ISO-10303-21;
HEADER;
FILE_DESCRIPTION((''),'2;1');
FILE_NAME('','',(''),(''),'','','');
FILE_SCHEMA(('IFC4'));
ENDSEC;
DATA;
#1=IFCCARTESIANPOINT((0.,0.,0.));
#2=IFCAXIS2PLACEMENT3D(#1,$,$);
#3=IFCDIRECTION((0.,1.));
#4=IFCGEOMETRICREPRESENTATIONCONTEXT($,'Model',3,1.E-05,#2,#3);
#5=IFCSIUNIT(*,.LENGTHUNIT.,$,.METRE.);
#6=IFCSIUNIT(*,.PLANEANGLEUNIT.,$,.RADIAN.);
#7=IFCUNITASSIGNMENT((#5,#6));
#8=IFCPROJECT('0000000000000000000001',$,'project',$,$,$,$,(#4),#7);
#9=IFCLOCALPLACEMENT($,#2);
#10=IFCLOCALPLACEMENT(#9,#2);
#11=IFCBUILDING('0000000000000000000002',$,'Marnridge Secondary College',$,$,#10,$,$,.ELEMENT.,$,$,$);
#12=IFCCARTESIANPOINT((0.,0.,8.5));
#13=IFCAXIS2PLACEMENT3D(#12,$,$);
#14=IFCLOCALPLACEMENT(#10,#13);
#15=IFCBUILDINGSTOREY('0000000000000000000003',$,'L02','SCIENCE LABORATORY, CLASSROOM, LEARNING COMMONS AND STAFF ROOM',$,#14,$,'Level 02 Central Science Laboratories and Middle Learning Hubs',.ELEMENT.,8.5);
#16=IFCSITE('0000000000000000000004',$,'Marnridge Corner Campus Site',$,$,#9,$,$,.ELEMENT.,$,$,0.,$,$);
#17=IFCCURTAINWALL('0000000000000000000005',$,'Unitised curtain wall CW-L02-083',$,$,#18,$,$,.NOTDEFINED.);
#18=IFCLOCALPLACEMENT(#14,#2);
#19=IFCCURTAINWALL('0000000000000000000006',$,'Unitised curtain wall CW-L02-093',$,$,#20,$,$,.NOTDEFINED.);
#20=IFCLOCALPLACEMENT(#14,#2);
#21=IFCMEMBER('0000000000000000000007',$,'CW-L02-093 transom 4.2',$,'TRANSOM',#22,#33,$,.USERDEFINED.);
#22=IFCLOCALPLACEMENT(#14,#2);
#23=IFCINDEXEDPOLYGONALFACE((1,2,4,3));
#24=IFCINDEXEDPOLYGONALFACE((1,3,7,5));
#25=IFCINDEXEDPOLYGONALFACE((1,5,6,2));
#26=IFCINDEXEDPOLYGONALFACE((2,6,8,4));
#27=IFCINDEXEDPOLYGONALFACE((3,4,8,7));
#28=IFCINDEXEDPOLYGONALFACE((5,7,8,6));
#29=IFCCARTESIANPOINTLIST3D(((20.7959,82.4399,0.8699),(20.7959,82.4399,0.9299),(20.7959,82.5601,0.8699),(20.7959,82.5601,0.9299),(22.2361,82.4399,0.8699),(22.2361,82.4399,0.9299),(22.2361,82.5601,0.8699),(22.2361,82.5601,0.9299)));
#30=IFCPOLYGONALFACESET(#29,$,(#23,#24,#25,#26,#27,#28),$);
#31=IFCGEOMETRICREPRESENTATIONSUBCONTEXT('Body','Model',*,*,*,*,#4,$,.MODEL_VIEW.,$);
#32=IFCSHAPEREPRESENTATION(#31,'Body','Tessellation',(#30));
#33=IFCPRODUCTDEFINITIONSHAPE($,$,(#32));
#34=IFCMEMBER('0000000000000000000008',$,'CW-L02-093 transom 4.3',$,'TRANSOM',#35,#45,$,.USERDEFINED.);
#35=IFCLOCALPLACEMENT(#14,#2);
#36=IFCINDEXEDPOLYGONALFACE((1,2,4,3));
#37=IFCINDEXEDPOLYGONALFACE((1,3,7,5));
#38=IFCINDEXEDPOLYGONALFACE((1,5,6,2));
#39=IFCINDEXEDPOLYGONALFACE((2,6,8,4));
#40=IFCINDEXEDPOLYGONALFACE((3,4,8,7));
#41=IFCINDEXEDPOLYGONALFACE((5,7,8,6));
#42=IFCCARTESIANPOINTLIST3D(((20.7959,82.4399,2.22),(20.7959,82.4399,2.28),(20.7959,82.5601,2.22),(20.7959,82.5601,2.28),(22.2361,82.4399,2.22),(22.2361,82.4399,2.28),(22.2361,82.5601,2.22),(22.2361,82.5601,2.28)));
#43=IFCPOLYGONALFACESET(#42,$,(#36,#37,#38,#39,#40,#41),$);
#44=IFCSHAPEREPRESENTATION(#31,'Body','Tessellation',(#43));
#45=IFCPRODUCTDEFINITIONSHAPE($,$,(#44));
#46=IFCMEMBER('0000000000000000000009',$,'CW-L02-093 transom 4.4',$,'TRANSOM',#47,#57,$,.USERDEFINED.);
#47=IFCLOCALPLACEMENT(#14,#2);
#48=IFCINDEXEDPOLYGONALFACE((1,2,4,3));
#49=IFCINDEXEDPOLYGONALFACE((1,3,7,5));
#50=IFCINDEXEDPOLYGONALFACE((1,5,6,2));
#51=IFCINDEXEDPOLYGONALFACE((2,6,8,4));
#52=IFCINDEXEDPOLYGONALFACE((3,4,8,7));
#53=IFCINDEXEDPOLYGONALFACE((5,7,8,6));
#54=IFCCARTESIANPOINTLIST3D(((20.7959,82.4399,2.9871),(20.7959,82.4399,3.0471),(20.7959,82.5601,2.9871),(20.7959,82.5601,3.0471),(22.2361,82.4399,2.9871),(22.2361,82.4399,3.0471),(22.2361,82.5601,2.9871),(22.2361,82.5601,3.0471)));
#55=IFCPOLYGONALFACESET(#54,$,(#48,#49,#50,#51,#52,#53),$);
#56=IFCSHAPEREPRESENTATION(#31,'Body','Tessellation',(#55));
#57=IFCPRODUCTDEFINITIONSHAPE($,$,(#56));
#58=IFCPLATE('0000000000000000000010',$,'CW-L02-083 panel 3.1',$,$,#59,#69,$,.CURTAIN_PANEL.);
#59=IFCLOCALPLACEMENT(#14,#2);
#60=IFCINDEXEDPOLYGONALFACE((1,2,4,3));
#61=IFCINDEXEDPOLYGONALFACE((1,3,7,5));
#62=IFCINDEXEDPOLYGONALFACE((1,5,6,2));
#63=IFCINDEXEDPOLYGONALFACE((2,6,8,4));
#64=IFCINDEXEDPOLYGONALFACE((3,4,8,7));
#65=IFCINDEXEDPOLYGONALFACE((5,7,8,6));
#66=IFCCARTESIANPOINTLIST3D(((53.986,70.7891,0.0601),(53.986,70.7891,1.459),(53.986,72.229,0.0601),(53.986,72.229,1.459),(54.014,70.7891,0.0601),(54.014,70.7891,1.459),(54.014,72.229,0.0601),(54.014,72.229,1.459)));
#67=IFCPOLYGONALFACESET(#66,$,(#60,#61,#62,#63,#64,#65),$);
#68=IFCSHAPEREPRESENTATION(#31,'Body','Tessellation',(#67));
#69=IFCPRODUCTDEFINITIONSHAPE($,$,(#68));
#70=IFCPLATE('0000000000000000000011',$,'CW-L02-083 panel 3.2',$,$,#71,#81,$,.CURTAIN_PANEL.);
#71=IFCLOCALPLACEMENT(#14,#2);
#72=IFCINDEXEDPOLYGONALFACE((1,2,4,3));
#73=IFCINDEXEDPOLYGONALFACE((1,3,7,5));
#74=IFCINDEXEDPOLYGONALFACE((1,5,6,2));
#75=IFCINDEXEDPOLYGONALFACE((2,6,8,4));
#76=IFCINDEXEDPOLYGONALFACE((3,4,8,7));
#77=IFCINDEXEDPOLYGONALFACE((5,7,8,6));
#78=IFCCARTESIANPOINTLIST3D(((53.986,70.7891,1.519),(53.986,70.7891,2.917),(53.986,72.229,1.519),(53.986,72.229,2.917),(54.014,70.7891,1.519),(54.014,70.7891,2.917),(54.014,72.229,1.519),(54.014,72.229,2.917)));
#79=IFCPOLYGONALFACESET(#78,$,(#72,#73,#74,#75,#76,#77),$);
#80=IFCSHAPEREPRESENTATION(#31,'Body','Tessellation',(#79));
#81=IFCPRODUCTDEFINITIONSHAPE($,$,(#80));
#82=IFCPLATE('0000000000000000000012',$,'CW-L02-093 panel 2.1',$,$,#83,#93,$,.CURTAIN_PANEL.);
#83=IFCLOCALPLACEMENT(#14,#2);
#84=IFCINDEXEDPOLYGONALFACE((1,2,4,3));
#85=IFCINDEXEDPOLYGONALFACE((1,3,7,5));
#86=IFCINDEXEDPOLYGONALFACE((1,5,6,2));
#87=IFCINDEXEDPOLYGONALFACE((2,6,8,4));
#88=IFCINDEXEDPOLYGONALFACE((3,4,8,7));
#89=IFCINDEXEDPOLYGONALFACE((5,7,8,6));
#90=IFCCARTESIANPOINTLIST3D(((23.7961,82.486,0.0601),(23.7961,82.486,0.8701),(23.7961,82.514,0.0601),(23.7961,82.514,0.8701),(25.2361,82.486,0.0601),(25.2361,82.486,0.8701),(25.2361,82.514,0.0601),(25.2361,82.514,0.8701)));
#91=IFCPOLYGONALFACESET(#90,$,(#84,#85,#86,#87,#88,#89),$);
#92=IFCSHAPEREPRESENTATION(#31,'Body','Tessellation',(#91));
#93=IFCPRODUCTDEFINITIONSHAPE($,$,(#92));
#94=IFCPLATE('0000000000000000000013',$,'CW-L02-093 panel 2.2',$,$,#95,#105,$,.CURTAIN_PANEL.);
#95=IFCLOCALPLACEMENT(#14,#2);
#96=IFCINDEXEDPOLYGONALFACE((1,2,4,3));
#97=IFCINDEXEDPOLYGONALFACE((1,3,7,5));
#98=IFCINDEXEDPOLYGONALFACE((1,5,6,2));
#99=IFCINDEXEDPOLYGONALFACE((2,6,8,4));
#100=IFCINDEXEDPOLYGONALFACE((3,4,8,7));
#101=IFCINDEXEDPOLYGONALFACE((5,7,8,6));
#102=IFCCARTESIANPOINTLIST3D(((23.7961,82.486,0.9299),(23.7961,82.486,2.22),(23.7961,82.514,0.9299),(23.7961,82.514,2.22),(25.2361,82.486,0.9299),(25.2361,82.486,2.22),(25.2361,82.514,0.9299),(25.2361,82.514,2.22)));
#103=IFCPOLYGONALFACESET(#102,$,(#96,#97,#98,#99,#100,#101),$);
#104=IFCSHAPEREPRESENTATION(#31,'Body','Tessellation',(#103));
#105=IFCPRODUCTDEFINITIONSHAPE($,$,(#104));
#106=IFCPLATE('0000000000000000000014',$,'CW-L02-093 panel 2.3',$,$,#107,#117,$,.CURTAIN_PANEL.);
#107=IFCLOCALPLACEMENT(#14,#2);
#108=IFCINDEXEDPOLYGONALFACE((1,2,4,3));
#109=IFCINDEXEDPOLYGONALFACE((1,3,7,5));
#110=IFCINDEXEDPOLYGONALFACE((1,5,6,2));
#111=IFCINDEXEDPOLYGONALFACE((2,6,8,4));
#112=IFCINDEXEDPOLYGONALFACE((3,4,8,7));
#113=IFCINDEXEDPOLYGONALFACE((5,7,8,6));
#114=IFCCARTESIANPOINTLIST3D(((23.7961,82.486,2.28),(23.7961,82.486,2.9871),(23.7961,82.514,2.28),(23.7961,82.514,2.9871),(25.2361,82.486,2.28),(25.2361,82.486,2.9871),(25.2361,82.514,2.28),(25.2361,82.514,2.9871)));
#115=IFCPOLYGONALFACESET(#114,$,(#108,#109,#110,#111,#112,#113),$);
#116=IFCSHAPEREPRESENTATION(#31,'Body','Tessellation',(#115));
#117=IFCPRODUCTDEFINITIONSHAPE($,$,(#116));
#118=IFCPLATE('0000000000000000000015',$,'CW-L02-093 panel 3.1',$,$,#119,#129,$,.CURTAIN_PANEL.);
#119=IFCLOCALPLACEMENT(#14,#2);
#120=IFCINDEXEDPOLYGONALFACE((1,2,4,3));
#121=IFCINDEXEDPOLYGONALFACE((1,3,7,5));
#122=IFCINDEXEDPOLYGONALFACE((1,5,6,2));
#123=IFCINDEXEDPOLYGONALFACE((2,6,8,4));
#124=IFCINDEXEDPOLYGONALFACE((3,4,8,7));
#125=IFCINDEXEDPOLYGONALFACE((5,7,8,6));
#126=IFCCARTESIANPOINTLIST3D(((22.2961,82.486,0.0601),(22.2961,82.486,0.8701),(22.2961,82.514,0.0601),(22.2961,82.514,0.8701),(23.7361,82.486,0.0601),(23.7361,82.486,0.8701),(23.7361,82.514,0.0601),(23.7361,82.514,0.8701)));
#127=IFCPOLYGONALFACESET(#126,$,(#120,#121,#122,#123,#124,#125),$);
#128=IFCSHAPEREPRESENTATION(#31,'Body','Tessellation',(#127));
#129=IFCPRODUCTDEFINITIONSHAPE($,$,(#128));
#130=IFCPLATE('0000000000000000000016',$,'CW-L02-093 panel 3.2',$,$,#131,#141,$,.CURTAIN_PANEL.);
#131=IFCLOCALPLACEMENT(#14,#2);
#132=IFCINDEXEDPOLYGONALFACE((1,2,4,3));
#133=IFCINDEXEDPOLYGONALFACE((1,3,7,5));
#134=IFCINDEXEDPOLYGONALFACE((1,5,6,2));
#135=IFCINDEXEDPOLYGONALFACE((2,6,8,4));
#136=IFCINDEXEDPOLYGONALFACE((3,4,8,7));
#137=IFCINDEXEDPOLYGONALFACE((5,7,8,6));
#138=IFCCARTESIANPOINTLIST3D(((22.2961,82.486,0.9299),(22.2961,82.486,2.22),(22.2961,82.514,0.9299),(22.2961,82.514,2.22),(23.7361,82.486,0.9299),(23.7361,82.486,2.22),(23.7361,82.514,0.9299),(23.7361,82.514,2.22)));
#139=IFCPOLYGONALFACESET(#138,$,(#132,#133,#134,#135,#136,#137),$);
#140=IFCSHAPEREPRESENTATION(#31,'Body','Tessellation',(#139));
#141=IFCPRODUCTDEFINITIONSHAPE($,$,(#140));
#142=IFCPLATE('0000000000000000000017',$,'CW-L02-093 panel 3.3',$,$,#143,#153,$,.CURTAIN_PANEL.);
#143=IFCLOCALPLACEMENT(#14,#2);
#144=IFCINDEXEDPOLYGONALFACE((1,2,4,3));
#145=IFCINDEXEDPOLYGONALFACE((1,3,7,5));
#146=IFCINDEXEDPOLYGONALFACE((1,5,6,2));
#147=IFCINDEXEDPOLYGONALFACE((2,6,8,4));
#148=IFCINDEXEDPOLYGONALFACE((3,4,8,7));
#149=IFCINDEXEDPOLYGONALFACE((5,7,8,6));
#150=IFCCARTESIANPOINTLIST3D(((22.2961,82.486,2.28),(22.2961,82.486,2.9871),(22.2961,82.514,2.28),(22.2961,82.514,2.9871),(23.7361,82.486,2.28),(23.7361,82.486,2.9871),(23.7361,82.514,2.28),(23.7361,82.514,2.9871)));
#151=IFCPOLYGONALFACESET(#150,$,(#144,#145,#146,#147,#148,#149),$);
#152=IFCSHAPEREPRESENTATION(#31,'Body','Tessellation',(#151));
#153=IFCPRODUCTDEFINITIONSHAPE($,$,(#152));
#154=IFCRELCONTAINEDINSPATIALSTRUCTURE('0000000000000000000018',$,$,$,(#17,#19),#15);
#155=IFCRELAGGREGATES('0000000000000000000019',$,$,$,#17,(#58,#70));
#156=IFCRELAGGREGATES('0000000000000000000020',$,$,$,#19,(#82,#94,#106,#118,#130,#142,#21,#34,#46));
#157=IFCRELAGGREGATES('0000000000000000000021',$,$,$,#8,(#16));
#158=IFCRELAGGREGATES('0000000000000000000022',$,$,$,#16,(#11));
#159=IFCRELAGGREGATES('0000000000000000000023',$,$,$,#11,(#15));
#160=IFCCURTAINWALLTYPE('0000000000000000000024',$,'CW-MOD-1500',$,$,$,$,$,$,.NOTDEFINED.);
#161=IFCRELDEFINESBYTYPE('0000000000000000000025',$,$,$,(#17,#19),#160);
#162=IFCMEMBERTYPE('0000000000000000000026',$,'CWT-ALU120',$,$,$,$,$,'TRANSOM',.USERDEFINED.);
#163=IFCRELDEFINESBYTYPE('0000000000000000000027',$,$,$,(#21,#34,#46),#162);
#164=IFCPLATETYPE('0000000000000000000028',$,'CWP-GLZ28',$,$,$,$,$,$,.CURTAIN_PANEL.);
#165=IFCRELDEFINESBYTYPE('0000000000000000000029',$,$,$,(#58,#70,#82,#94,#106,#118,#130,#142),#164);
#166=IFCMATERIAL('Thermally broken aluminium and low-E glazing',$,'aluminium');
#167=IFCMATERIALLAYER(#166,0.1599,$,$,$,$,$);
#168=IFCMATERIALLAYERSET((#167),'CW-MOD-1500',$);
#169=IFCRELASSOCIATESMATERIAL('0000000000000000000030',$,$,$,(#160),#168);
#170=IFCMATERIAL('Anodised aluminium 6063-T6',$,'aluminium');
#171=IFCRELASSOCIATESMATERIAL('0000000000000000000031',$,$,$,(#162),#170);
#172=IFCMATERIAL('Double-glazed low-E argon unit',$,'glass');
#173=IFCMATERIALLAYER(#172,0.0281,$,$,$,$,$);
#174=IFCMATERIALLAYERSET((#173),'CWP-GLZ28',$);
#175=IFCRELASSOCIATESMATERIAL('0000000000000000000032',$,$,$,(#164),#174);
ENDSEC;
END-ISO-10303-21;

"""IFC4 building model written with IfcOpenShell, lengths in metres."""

from ifc_helpers import new_model, si_unit, direction, frame, origin, origin_2d, place, context, subcontext, project, spatial, rectangle, extrude, material, layer, layer_set, material_profile, profile_set, type_object, element, aggregate, save


model = new_model("IFC4")

# Units and contexts
model_context = context("Model", 3, precision=1e-05, world=origin(), true_north=direction((0.0, 1.0)))
body_context = subcontext(model_context, "Body", "Model", "MODEL_VIEW")
ifc_project = project(units=[si_unit("LENGTHUNIT", "METRE"), si_unit("PLANEANGLEUNIT", "RADIAN")], contexts=[model_context])

# Site, building, storey
site_placement = place(None, origin())
site = spatial("IfcSite", under=ifc_project, at=site_placement, Name="Marnridge Corner Campus Site", CompositionType="ELEMENT", RefElevation=0.0)
building_placement = place(site_placement, origin())
building = spatial("IfcBuilding", under=site, at=building_placement, Name="Marnridge Secondary College", CompositionType="ELEMENT")
storey_placement = place(building_placement, frame((0.0, 0.0, 8.5)))
storey = spatial("IfcBuildingStorey", under=building, at=storey_placement, Name="L02", Description="SCIENCE LABORATORY, CLASSROOM, LEARNING COMMONS AND STAFF ROOM", LongName="Level 02 Central Science Laboratories and Middle Learning Hubs", CompositionType="ELEMENT", Elevation=8.5)

# Curtain walls
ifc_material_1 = material(Name="Thermally broken aluminium and low-E glazing", Category="aluminium")
ifc_layer_1 = layer(ifc_material_1, 0.1599)
ifc_layer_set_1 = layer_set([ifc_layer_1], Name="CW-MOD-1500")
curtain_wall_type = type_object("IfcCurtainWallType", Name="CW-MOD-1500", PredefinedType="NOTDEFINED", material=ifc_layer_set_1)
curtain_wall_1_placement = place(storey_placement, origin())
curtain_wall_1 = element("IfcCurtainWall", 1, at=curtain_wall_1_placement, inside=storey, type_object=curtain_wall_type, Name="Unitised curtain wall CW-L02-083", PredefinedType="NOTDEFINED")
curtain_wall_2_placement = place(storey_placement, origin())
curtain_wall_2 = element("IfcCurtainWall", 2, at=curtain_wall_2_placement, inside=storey, type_object=curtain_wall_type, Name="Unitised curtain wall CW-L02-093", PredefinedType="NOTDEFINED")

# Members
ifc_material_2 = material(Name="Anodised aluminium 6063-T6", Category="aluminium")
ifc_material_profile_1 = material_profile(ifc_material_2, rectangle(XDim=0.0601, YDim=0.1201, at=origin_2d()), Name="ALU 60x120")
ifc_profile_set_1 = profile_set([ifc_material_profile_1], Name="Anodised aluminium 6063-T6")
member_type_1 = type_object("IfcMemberType", Name="CWT-ALU120", ElementType="TRANSOM", PredefinedType="USERDEFINED", material=ifc_profile_set_1)
member_1_placement = place(storey_placement, frame((22.2361, 82.5, 0.8999), z_axis=(-1.0, 0.0, 0.0), x_axis=(0.0, 0.0, 1.0)))
member_1 = element("IfcMember", 3, at=member_1_placement, type_object=member_type_1, Name="CW-L02-093 transom 4.2", ObjectType="TRANSOM", PredefinedType="USERDEFINED", context=body_context, shape_type="SweptSolid", body=[
    extrude(rectangle(XDim=0.0601, YDim=0.1201, at=origin_2d()), origin(), (0.0, 0.0, 1.0), 1.4402),
])
member_2_placement = place(storey_placement, frame((22.2361, 82.5, 2.25), z_axis=(-1.0, 0.0, 0.0), x_axis=(0.0, 0.0, 1.0)))
member_2 = element("IfcMember", 4, at=member_2_placement, type_object=member_type_1, Name="CW-L02-093 transom 4.3", ObjectType="TRANSOM", PredefinedType="USERDEFINED", context=body_context, shape_type="SweptSolid", body=[
    extrude(rectangle(XDim=0.0601, YDim=0.1201, at=origin_2d()), origin(), (0.0, 0.0, 1.0), 1.4402),
])
member_3_placement = place(storey_placement, frame((22.2361, 82.5, 3.0171), z_axis=(-1.0, 0.0, 0.0), x_axis=(0.0, 0.0, 1.0)))
member_3 = element("IfcMember", 5, at=member_3_placement, type_object=member_type_1, Name="CW-L02-093 transom 4.4", ObjectType="TRANSOM", PredefinedType="USERDEFINED", context=body_context, shape_type="SweptSolid", body=[
    extrude(rectangle(XDim=0.0601, YDim=0.1201, at=origin_2d()), origin(), (0.0, 0.0, 1.0), 1.4402),
])

# Plates
ifc_material_3 = material(Name="Double-glazed low-E argon unit", Category="glass")
ifc_layer_2 = layer(ifc_material_3, 0.0281)
ifc_layer_set_2 = layer_set([ifc_layer_2], Name="CWP-GLZ28")
plate_type = type_object("IfcPlateType", Name="CWP-GLZ28", PredefinedType="CURTAIN_PANEL", material=ifc_layer_set_2)
plate_1_placement = place(storey_placement, frame((54.0, 71.509, 0.0601), z_axis=(0.0, 0.0, 1.0), x_axis=(0.0, 1.0, 0.0)))
plate_1 = element("IfcPlate", 6, at=plate_1_placement, type_object=plate_type, Name="CW-L02-083 panel 3.1", PredefinedType="CURTAIN_PANEL", context=body_context, shape_type="SweptSolid", body=[
    extrude(rectangle(XDim=1.4399, YDim=0.0281, at=origin_2d()), origin(), (0.0, 0.0, 1.0), 1.3989),
])
plate_2_placement = place(storey_placement, frame((54.0, 71.509, 1.519), z_axis=(0.0, 0.0, 1.0), x_axis=(0.0, 1.0, 0.0)))
plate_2 = element("IfcPlate", 7, at=plate_2_placement, type_object=plate_type, Name="CW-L02-083 panel 3.2", PredefinedType="CURTAIN_PANEL", context=body_context, shape_type="SweptSolid", body=[
    extrude(rectangle(XDim=1.4399, YDim=0.0281, at=origin_2d()), origin(), (0.0, 0.0, 1.0), 1.3979),
])
aggregate(curtain_wall_1, [plate_1, plate_2])
plate_3_placement = place(storey_placement, frame((24.5161, 82.5, 0.0601), z_axis=(0.0, 0.0, 1.0), x_axis=(-1.0, 0.0, 0.0)))
plate_3 = element("IfcPlate", 8, at=plate_3_placement, type_object=plate_type, Name="CW-L02-093 panel 2.1", PredefinedType="CURTAIN_PANEL", context=body_context, shape_type="SweptSolid", body=[
    extrude(rectangle(XDim=1.4399, YDim=0.0281, at=origin_2d()), origin(), (0.0, 0.0, 1.0), 0.8101),
])
plate_4_placement = place(storey_placement, frame((24.5161, 82.5, 0.9299), z_axis=(0.0, 0.0, 1.0), x_axis=(-1.0, 0.0, 0.0)))
plate_4 = element("IfcPlate", 9, at=plate_4_placement, type_object=plate_type, Name="CW-L02-093 panel 2.2", PredefinedType="CURTAIN_PANEL", context=body_context, shape_type="SweptSolid", body=[
    extrude(rectangle(XDim=1.4399, YDim=0.0281, at=origin_2d()), origin(), (0.0, 0.0, 1.0), 1.29),
])
plate_5_placement = place(storey_placement, frame((24.5161, 82.5, 2.28), z_axis=(0.0, 0.0, 1.0), x_axis=(-1.0, 0.0, 0.0)))
plate_5 = element("IfcPlate", 10, at=plate_5_placement, type_object=plate_type, Name="CW-L02-093 panel 2.3", PredefinedType="CURTAIN_PANEL", context=body_context, shape_type="SweptSolid", body=[
    extrude(rectangle(XDim=1.4399, YDim=0.0281, at=origin_2d()), origin(), (0.0, 0.0, 1.0), 0.707),
])
plate_6_placement = place(storey_placement, frame((23.0161, 82.5, 0.0601), z_axis=(0.0, 0.0, 1.0), x_axis=(-1.0, 0.0, 0.0)))
plate_6 = element("IfcPlate", 11, at=plate_6_placement, type_object=plate_type, Name="CW-L02-093 panel 3.1", PredefinedType="CURTAIN_PANEL", context=body_context, shape_type="SweptSolid", body=[
    extrude(rectangle(XDim=1.4399, YDim=0.0281, at=origin_2d()), origin(), (0.0, 0.0, 1.0), 0.8101),
])
plate_7_placement = place(storey_placement, frame((23.0161, 82.5, 0.9299), z_axis=(0.0, 0.0, 1.0), x_axis=(-1.0, 0.0, 0.0)))
plate_7 = element("IfcPlate", 12, at=plate_7_placement, type_object=plate_type, Name="CW-L02-093 panel 3.2", PredefinedType="CURTAIN_PANEL", context=body_context, shape_type="SweptSolid", body=[
    extrude(rectangle(XDim=1.4399, YDim=0.0281, at=origin_2d()), origin(), (0.0, 0.0, 1.0), 1.29),
])
plate_8_placement = place(storey_placement, frame((23.0161, 82.5, 2.28), z_axis=(0.0, 0.0, 1.0), x_axis=(-1.0, 0.0, 0.0)))
plate_8 = element("IfcPlate", 13, at=plate_8_placement, type_object=plate_type, Name="CW-L02-093 panel 3.3", PredefinedType="CURTAIN_PANEL", context=body_context, shape_type="SweptSolid", body=[
    extrude(rectangle(XDim=1.4399, YDim=0.0281, at=origin_2d()), origin(), (0.0, 0.0, 1.0), 0.707),
])
aggregate(curtain_wall_2, [plate_3, plate_4, plate_5, plate_6, plate_7, plate_8, member_1, member_2, member_3])

save(model, "model.ifc")
